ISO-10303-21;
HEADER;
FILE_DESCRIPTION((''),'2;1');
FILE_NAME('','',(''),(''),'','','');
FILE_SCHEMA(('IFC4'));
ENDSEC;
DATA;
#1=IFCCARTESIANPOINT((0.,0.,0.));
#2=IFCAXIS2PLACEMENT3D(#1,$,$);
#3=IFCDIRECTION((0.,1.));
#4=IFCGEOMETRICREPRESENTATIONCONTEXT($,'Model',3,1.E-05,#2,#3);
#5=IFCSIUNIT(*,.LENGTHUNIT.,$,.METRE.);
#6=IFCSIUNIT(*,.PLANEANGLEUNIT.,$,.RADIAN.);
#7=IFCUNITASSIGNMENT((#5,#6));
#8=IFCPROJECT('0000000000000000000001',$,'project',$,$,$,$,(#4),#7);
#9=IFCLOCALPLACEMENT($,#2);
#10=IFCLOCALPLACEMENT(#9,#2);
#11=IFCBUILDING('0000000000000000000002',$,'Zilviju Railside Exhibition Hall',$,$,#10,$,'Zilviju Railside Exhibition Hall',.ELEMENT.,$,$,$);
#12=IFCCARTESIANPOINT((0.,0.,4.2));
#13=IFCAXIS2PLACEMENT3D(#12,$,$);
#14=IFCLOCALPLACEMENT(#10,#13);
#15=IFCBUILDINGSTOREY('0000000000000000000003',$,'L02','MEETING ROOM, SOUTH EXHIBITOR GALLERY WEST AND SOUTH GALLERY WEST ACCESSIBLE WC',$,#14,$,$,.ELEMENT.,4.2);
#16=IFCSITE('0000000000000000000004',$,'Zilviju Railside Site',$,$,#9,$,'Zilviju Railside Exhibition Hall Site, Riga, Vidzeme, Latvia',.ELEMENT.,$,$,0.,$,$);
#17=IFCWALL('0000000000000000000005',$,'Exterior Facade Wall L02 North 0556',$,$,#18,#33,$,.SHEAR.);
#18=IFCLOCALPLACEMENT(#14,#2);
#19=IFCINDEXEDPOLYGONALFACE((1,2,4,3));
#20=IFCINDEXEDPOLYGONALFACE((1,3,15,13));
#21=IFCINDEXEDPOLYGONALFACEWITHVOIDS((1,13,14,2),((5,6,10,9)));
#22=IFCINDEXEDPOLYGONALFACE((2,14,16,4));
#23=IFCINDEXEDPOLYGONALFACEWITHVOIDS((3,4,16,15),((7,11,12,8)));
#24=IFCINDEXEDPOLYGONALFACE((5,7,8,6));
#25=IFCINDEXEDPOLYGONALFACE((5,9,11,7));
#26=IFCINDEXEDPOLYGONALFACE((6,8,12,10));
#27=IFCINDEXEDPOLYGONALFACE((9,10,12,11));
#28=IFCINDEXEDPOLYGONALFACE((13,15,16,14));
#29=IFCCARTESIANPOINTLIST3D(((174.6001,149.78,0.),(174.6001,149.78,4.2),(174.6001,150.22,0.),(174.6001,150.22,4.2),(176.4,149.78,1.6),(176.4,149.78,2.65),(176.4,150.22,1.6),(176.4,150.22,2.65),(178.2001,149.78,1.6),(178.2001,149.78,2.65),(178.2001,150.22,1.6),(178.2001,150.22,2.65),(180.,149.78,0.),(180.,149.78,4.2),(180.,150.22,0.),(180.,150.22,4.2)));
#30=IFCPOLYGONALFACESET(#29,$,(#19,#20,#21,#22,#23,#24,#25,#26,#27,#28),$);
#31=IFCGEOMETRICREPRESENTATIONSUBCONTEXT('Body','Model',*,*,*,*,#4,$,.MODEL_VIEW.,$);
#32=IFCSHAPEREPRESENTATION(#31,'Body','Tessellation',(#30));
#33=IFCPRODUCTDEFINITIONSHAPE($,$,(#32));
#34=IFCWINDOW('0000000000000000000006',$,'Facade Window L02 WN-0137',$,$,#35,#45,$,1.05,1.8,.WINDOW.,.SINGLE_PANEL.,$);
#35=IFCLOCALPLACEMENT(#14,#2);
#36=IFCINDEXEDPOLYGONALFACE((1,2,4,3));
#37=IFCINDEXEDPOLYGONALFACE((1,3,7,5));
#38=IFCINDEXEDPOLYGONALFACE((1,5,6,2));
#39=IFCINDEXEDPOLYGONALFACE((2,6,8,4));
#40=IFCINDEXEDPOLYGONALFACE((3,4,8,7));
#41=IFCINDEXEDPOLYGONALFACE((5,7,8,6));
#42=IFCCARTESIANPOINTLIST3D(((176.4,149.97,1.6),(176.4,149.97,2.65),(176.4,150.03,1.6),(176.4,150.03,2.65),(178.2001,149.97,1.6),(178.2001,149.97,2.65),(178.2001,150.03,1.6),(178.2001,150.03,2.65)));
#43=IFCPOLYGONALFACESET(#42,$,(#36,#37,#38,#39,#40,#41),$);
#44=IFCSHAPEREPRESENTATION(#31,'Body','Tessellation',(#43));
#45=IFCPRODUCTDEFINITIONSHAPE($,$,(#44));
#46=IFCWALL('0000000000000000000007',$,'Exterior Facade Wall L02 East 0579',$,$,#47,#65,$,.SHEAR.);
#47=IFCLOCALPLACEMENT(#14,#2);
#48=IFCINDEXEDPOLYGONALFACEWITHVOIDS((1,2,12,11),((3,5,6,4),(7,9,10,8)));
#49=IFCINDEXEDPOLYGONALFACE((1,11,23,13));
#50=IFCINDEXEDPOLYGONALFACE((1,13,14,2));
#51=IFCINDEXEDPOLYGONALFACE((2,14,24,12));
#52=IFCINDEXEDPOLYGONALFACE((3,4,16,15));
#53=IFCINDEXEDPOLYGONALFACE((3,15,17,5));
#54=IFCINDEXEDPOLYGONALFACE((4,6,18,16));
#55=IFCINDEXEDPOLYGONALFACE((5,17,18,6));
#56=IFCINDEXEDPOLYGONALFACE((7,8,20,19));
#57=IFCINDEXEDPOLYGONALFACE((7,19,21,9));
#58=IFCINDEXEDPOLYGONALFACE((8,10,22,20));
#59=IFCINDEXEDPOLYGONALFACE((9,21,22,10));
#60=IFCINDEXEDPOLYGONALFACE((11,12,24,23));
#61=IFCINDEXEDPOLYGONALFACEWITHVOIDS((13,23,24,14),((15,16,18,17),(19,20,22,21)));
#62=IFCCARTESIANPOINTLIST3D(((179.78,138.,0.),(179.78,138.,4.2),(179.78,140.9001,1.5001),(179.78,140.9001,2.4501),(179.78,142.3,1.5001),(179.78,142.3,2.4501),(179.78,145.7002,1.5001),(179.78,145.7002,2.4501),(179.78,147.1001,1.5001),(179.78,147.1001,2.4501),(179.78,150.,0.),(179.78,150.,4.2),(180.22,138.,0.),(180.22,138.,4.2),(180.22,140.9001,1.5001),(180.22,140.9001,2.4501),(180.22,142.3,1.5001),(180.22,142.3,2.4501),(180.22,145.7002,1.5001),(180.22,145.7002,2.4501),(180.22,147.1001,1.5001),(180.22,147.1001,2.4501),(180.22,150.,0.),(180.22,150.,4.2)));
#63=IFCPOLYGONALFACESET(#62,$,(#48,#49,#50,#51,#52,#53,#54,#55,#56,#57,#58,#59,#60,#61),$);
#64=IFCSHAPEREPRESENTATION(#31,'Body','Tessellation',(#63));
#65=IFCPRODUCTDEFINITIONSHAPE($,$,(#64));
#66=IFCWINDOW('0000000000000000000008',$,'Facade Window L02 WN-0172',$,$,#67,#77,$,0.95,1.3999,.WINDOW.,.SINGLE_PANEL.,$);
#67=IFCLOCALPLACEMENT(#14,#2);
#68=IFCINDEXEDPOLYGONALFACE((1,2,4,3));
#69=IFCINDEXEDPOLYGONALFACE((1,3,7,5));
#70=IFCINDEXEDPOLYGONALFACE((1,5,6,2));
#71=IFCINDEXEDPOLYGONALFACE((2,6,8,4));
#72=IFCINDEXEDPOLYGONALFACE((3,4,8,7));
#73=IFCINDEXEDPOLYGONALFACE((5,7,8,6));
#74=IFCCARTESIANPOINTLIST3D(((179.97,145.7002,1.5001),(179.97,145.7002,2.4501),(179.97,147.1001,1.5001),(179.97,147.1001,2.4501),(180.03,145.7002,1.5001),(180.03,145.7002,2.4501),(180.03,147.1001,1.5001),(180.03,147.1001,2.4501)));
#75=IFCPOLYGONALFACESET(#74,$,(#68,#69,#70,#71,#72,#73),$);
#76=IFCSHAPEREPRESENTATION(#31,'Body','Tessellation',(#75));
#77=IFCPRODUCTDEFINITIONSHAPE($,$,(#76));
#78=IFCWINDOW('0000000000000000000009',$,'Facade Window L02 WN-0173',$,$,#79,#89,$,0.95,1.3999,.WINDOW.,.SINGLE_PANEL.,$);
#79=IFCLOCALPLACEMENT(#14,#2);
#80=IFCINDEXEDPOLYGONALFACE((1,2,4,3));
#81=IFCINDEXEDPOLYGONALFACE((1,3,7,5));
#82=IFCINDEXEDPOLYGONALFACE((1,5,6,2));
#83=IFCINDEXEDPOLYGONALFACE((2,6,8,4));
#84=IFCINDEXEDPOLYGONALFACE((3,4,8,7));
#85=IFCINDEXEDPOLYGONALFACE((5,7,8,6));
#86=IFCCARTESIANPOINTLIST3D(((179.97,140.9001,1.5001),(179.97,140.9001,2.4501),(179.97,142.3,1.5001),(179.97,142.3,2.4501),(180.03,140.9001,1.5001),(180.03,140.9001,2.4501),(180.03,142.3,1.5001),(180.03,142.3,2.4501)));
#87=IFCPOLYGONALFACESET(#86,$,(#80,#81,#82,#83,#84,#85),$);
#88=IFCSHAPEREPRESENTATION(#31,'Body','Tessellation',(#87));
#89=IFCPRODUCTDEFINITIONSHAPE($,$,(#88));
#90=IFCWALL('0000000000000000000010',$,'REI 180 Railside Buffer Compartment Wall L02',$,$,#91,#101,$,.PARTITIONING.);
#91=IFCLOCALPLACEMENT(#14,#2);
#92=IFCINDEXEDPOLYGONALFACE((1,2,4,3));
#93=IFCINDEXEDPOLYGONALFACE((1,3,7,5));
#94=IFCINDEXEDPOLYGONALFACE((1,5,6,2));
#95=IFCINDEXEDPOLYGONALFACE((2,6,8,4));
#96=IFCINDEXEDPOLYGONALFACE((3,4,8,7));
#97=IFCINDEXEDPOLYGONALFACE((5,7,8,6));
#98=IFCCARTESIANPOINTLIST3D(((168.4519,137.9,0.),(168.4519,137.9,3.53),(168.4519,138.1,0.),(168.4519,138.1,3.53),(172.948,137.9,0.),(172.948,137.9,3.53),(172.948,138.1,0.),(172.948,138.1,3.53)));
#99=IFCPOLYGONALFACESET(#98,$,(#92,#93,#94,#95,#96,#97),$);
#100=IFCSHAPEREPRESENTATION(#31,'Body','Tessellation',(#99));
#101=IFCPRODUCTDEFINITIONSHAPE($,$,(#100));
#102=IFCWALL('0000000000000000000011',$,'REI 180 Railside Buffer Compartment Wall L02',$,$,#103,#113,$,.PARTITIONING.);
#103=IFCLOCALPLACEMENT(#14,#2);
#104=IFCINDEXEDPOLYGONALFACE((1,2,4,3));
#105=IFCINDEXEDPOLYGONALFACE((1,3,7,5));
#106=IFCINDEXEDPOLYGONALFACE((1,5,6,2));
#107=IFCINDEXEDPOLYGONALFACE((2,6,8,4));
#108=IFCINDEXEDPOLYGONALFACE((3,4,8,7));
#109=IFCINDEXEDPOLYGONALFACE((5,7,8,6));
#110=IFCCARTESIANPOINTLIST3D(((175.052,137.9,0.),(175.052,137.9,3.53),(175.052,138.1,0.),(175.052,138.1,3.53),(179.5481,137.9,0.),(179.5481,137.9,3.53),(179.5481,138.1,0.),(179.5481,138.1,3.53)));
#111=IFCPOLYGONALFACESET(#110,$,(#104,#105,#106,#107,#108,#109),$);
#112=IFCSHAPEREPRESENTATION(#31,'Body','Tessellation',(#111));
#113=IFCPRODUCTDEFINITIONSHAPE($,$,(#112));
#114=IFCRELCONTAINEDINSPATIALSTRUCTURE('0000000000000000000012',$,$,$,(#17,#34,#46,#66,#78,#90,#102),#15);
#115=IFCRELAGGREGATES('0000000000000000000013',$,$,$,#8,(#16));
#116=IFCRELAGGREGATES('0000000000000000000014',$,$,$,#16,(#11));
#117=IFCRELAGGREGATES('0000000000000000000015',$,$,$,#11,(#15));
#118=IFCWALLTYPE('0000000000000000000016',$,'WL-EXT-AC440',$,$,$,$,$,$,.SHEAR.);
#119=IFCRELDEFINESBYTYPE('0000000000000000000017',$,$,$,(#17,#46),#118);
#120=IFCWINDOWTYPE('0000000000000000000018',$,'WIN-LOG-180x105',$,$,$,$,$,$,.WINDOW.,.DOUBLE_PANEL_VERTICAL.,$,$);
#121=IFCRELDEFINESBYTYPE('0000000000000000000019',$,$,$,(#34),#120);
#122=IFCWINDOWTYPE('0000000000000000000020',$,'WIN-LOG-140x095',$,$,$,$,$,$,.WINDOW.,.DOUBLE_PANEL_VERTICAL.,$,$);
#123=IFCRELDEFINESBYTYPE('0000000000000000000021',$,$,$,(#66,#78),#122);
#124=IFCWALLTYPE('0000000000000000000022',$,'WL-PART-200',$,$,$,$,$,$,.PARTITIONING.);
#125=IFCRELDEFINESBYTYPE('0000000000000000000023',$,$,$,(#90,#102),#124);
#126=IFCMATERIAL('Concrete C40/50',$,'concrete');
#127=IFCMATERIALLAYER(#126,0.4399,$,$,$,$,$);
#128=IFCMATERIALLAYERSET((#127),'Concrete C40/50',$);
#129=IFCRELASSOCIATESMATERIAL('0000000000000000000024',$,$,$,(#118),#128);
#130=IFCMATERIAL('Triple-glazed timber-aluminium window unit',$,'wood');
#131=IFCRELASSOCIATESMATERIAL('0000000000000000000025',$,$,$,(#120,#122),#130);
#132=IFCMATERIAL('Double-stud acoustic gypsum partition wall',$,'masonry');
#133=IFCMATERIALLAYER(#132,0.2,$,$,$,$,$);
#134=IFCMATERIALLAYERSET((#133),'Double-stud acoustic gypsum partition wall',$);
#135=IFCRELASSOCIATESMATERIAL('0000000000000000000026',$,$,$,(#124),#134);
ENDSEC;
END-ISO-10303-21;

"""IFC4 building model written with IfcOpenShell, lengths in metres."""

from ifc_helpers import new_model, si_unit, direction, frame, frame_2d, origin, place, context, subcontext, project, spatial, rectangle, extrude, material, layer, layer_set, type_object, element, fill, save


model = new_model("IFC4")

# Units and contexts
model_context = context("Model", 3, precision=1e-05, world=origin(), true_north=direction((0.0, 1.0)))
body_context = subcontext(model_context, "Body", "Model", "MODEL_VIEW")
ifc_project = project(units=[si_unit("LENGTHUNIT", "METRE"), si_unit("PLANEANGLEUNIT", "RADIAN")], contexts=[model_context])

# Site, building, storey
site_placement = place(None, origin())
site = spatial("IfcSite", under=ifc_project, at=site_placement, Name="Zilviju Railside Site", LongName="Zilviju Railside Exhibition Hall Site, Riga, Vidzeme, Latvia", CompositionType="ELEMENT", RefElevation=0.0)
building_placement = place(site_placement, origin())
building = spatial("IfcBuilding", under=site, at=building_placement, Name="Zilviju Railside Exhibition Hall", LongName="Zilviju Railside Exhibition Hall", CompositionType="ELEMENT")
storey_placement = place(building_placement, frame((0.0, 0.0, 4.2)))
storey = spatial("IfcBuildingStorey", under=building, at=storey_placement, Name="L02", Description="MEETING ROOM, SOUTH EXHIBITOR GALLERY WEST AND SOUTH GALLERY WEST ACCESSIBLE WC", CompositionType="ELEMENT", Elevation=4.2)

# Shared definitions
ifc_material_1 = material(Name="Concrete C40/50", Category="concrete")

# Wall, opening, window
ifc_layer_1 = layer(ifc_material_1, 0.4399)
ifc_layer_set_1 = layer_set([ifc_layer_1], Name="Concrete C40/50")
wall_type_1 = type_object("IfcWallType", Name="WL-EXT-AC440", PredefinedType="SHEAR", material=ifc_layer_set_1)
ifc_material_2 = material(Name="Triple-glazed timber-aluminium window unit", Category="wood")
window_type_1 = type_object("IfcWindowType", Name="WIN-LOG-180x105", PartitioningType="DOUBLE_PANEL_VERTICAL", PredefinedType="WINDOW", material=ifc_material_2)
wall_1_placement = place(storey_placement, frame((174.6001, 150.0, 0.0), z_axis=(0.0, 0.0, 1.0), x_axis=(1.0, 0.0, 0.0)))
wall_1 = element("IfcWall", 1, at=wall_1_placement, inside=storey, type_object=wall_type_1, Name="Exterior Facade Wall L02 North 0556", PredefinedType="SHEAR", context=body_context, shape_type="SweptSolid", body=[
    extrude(rectangle(XDim=5.3999, YDim=0.4399, at=frame_2d((2.7, 0.0))), origin(), (0.0, 0.0, 1.0), 4.2),
])
opening_1_placement = place(wall_1_placement, frame((1.8, 0.0, 1.6001)))
opening_1 = element("IfcOpeningElement", 2, at=opening_1_placement, cuts=wall_1, PredefinedType="OPENING", context=body_context, shape_type="SweptSolid", body=[
    extrude(rectangle(XDim=1.8, YDim=1.05, at=frame_2d((0.8999, 0.5249))), frame((0.0, 0.23, 0.0), z_axis=(0.0, -1.0, 0.0), x_axis=(1.0, 0.0, 0.0)), (0.0, 0.0, 1.0), 0.46),
])
window_1_placement = place(opening_1_placement, origin())
window_1 = element("IfcWindow", 3, at=window_1_placement, inside=storey, type_object=window_type_1, Name="Facade Window L02 WN-0137", OverallHeight=1.05, OverallWidth=1.8, PartitioningType="SINGLE_PANEL", PredefinedType="WINDOW", context=body_context, shape_type="SweptSolid", body=[
    extrude(rectangle(XDim=1.8, YDim=1.05, at=frame_2d((0.8999, 0.5249))), frame((0.0, 0.03, 0.0), z_axis=(0.0, -1.0, 0.0), x_axis=(1.0, 0.0, 0.0)), (0.0, 0.0, 1.0), 0.0601),
])
fill(opening_1, window_1)

# Wall, openings, windows
wall_2_placement = place(storey_placement, frame((180.0, 150.0, 0.0), z_axis=(0.0, 0.0, 1.0), x_axis=(0.0, -1.0, 0.0)))
wall_2 = element("IfcWall", 4, at=wall_2_placement, inside=storey, type_object=wall_type_1, Name="Exterior Facade Wall L02 East 0579", PredefinedType="SHEAR", context=body_context, shape_type="SweptSolid", body=[
    extrude(rectangle(XDim=12.0, YDim=0.4399, at=frame_2d((6.0, 0.0))), origin(), (0.0, 0.0, 1.0), 4.2),
])
opening_2_placement = place(wall_2_placement, frame((2.8999, 0.0, 1.5)))
opening_2 = element("IfcOpeningElement", 5, at=opening_2_placement, cuts=wall_2, PredefinedType="OPENING", context=body_context, shape_type="SweptSolid", body=[
    extrude(rectangle(XDim=1.3999, YDim=0.95, at=frame_2d((0.7, 0.4751))), frame((0.0, 0.23, 0.0), z_axis=(0.0, -1.0, 0.0), x_axis=(1.0, 0.0, 0.0)), (0.0, 0.0, 1.0), 0.46),
])
opening_3_placement = place(wall_2_placement, frame((7.7, 0.0, 1.5)))
opening_3 = element("IfcOpeningElement", 6, at=opening_3_placement, cuts=wall_2, PredefinedType="OPENING", context=body_context, shape_type="SweptSolid", body=[
    extrude(rectangle(XDim=1.3999, YDim=0.95, at=frame_2d((0.7, 0.4751))), frame((0.0, 0.23, 0.0), z_axis=(0.0, -1.0, 0.0), x_axis=(1.0, 0.0, 0.0)), (0.0, 0.0, 1.0), 0.46),
])
window_type_2 = type_object("IfcWindowType", Name="WIN-LOG-140x095", PartitioningType="DOUBLE_PANEL_VERTICAL", PredefinedType="WINDOW", material=ifc_material_2)
window_2_placement = place(opening_2_placement, origin())
window_2 = element("IfcWindow", 7, at=window_2_placement, inside=storey, type_object=window_type_2, Name="Facade Window L02 WN-0172", OverallHeight=0.95, OverallWidth=1.3999, PartitioningType="SINGLE_PANEL", PredefinedType="WINDOW", context=body_context, shape_type="SweptSolid", body=[
    extrude(rectangle(XDim=1.3999, YDim=0.95, at=frame_2d((0.7, 0.4751))), frame((0.0, 0.03, 0.0), z_axis=(0.0, -1.0, 0.0), x_axis=(1.0, 0.0, 0.0)), (0.0, 0.0, 1.0), 0.0601),
])
fill(opening_2, window_2)
window_3_placement = place(opening_3_placement, origin())
window_3 = element("IfcWindow", 8, at=window_3_placement, inside=storey, type_object=window_type_2, Name="Facade Window L02 WN-0173", OverallHeight=0.95, OverallWidth=1.3999, PartitioningType="SINGLE_PANEL", PredefinedType="WINDOW", context=body_context, shape_type="SweptSolid", body=[
    extrude(rectangle(XDim=1.3999, YDim=0.95, at=frame_2d((0.7, 0.4751))), frame((0.0, 0.03, 0.0), z_axis=(0.0, -1.0, 0.0), x_axis=(1.0, 0.0, 0.0)), (0.0, 0.0, 1.0), 0.0601),
])
fill(opening_3, window_3)

# Walls
ifc_material_3 = material(Name="Double-stud acoustic gypsum partition wall", Category="masonry")
ifc_layer_2 = layer(ifc_material_3, 0.2)
ifc_layer_set_2 = layer_set([ifc_layer_2], Name="Double-stud acoustic gypsum partition wall")
wall_type_2 = type_object("IfcWallType", Name="WL-PART-200", PredefinedType="PARTITIONING", material=ifc_layer_set_2)
for number, where, z_axis, x_axis, name in (
    (9, (168.4519, 138.0, 0.0), (0.0, 0.0, 1.0), (1.0, 0.0, 0.0), "REI 180 Railside Buffer Compartment Wall L02"),
    (10, (175.052, 138.0, 0.0), (0.0, 0.0, 1.0), (1.0, 0.0, 0.0), "REI 180 Railside Buffer Compartment Wall L02"),
):
    element("IfcWall", number, at=place(storey_placement, frame(where, z_axis=z_axis, x_axis=x_axis)), inside=storey, type_object=wall_type_2, Name=name, PredefinedType="PARTITIONING", context=body_context, shape_type="SweptSolid", body=[
        extrude(rectangle(XDim=4.4961, YDim=0.2, at=frame_2d((2.248, 0.0))), origin(), (0.0, 0.0, 1.0), 3.53),
    ])

save(model, "model.ifc")
